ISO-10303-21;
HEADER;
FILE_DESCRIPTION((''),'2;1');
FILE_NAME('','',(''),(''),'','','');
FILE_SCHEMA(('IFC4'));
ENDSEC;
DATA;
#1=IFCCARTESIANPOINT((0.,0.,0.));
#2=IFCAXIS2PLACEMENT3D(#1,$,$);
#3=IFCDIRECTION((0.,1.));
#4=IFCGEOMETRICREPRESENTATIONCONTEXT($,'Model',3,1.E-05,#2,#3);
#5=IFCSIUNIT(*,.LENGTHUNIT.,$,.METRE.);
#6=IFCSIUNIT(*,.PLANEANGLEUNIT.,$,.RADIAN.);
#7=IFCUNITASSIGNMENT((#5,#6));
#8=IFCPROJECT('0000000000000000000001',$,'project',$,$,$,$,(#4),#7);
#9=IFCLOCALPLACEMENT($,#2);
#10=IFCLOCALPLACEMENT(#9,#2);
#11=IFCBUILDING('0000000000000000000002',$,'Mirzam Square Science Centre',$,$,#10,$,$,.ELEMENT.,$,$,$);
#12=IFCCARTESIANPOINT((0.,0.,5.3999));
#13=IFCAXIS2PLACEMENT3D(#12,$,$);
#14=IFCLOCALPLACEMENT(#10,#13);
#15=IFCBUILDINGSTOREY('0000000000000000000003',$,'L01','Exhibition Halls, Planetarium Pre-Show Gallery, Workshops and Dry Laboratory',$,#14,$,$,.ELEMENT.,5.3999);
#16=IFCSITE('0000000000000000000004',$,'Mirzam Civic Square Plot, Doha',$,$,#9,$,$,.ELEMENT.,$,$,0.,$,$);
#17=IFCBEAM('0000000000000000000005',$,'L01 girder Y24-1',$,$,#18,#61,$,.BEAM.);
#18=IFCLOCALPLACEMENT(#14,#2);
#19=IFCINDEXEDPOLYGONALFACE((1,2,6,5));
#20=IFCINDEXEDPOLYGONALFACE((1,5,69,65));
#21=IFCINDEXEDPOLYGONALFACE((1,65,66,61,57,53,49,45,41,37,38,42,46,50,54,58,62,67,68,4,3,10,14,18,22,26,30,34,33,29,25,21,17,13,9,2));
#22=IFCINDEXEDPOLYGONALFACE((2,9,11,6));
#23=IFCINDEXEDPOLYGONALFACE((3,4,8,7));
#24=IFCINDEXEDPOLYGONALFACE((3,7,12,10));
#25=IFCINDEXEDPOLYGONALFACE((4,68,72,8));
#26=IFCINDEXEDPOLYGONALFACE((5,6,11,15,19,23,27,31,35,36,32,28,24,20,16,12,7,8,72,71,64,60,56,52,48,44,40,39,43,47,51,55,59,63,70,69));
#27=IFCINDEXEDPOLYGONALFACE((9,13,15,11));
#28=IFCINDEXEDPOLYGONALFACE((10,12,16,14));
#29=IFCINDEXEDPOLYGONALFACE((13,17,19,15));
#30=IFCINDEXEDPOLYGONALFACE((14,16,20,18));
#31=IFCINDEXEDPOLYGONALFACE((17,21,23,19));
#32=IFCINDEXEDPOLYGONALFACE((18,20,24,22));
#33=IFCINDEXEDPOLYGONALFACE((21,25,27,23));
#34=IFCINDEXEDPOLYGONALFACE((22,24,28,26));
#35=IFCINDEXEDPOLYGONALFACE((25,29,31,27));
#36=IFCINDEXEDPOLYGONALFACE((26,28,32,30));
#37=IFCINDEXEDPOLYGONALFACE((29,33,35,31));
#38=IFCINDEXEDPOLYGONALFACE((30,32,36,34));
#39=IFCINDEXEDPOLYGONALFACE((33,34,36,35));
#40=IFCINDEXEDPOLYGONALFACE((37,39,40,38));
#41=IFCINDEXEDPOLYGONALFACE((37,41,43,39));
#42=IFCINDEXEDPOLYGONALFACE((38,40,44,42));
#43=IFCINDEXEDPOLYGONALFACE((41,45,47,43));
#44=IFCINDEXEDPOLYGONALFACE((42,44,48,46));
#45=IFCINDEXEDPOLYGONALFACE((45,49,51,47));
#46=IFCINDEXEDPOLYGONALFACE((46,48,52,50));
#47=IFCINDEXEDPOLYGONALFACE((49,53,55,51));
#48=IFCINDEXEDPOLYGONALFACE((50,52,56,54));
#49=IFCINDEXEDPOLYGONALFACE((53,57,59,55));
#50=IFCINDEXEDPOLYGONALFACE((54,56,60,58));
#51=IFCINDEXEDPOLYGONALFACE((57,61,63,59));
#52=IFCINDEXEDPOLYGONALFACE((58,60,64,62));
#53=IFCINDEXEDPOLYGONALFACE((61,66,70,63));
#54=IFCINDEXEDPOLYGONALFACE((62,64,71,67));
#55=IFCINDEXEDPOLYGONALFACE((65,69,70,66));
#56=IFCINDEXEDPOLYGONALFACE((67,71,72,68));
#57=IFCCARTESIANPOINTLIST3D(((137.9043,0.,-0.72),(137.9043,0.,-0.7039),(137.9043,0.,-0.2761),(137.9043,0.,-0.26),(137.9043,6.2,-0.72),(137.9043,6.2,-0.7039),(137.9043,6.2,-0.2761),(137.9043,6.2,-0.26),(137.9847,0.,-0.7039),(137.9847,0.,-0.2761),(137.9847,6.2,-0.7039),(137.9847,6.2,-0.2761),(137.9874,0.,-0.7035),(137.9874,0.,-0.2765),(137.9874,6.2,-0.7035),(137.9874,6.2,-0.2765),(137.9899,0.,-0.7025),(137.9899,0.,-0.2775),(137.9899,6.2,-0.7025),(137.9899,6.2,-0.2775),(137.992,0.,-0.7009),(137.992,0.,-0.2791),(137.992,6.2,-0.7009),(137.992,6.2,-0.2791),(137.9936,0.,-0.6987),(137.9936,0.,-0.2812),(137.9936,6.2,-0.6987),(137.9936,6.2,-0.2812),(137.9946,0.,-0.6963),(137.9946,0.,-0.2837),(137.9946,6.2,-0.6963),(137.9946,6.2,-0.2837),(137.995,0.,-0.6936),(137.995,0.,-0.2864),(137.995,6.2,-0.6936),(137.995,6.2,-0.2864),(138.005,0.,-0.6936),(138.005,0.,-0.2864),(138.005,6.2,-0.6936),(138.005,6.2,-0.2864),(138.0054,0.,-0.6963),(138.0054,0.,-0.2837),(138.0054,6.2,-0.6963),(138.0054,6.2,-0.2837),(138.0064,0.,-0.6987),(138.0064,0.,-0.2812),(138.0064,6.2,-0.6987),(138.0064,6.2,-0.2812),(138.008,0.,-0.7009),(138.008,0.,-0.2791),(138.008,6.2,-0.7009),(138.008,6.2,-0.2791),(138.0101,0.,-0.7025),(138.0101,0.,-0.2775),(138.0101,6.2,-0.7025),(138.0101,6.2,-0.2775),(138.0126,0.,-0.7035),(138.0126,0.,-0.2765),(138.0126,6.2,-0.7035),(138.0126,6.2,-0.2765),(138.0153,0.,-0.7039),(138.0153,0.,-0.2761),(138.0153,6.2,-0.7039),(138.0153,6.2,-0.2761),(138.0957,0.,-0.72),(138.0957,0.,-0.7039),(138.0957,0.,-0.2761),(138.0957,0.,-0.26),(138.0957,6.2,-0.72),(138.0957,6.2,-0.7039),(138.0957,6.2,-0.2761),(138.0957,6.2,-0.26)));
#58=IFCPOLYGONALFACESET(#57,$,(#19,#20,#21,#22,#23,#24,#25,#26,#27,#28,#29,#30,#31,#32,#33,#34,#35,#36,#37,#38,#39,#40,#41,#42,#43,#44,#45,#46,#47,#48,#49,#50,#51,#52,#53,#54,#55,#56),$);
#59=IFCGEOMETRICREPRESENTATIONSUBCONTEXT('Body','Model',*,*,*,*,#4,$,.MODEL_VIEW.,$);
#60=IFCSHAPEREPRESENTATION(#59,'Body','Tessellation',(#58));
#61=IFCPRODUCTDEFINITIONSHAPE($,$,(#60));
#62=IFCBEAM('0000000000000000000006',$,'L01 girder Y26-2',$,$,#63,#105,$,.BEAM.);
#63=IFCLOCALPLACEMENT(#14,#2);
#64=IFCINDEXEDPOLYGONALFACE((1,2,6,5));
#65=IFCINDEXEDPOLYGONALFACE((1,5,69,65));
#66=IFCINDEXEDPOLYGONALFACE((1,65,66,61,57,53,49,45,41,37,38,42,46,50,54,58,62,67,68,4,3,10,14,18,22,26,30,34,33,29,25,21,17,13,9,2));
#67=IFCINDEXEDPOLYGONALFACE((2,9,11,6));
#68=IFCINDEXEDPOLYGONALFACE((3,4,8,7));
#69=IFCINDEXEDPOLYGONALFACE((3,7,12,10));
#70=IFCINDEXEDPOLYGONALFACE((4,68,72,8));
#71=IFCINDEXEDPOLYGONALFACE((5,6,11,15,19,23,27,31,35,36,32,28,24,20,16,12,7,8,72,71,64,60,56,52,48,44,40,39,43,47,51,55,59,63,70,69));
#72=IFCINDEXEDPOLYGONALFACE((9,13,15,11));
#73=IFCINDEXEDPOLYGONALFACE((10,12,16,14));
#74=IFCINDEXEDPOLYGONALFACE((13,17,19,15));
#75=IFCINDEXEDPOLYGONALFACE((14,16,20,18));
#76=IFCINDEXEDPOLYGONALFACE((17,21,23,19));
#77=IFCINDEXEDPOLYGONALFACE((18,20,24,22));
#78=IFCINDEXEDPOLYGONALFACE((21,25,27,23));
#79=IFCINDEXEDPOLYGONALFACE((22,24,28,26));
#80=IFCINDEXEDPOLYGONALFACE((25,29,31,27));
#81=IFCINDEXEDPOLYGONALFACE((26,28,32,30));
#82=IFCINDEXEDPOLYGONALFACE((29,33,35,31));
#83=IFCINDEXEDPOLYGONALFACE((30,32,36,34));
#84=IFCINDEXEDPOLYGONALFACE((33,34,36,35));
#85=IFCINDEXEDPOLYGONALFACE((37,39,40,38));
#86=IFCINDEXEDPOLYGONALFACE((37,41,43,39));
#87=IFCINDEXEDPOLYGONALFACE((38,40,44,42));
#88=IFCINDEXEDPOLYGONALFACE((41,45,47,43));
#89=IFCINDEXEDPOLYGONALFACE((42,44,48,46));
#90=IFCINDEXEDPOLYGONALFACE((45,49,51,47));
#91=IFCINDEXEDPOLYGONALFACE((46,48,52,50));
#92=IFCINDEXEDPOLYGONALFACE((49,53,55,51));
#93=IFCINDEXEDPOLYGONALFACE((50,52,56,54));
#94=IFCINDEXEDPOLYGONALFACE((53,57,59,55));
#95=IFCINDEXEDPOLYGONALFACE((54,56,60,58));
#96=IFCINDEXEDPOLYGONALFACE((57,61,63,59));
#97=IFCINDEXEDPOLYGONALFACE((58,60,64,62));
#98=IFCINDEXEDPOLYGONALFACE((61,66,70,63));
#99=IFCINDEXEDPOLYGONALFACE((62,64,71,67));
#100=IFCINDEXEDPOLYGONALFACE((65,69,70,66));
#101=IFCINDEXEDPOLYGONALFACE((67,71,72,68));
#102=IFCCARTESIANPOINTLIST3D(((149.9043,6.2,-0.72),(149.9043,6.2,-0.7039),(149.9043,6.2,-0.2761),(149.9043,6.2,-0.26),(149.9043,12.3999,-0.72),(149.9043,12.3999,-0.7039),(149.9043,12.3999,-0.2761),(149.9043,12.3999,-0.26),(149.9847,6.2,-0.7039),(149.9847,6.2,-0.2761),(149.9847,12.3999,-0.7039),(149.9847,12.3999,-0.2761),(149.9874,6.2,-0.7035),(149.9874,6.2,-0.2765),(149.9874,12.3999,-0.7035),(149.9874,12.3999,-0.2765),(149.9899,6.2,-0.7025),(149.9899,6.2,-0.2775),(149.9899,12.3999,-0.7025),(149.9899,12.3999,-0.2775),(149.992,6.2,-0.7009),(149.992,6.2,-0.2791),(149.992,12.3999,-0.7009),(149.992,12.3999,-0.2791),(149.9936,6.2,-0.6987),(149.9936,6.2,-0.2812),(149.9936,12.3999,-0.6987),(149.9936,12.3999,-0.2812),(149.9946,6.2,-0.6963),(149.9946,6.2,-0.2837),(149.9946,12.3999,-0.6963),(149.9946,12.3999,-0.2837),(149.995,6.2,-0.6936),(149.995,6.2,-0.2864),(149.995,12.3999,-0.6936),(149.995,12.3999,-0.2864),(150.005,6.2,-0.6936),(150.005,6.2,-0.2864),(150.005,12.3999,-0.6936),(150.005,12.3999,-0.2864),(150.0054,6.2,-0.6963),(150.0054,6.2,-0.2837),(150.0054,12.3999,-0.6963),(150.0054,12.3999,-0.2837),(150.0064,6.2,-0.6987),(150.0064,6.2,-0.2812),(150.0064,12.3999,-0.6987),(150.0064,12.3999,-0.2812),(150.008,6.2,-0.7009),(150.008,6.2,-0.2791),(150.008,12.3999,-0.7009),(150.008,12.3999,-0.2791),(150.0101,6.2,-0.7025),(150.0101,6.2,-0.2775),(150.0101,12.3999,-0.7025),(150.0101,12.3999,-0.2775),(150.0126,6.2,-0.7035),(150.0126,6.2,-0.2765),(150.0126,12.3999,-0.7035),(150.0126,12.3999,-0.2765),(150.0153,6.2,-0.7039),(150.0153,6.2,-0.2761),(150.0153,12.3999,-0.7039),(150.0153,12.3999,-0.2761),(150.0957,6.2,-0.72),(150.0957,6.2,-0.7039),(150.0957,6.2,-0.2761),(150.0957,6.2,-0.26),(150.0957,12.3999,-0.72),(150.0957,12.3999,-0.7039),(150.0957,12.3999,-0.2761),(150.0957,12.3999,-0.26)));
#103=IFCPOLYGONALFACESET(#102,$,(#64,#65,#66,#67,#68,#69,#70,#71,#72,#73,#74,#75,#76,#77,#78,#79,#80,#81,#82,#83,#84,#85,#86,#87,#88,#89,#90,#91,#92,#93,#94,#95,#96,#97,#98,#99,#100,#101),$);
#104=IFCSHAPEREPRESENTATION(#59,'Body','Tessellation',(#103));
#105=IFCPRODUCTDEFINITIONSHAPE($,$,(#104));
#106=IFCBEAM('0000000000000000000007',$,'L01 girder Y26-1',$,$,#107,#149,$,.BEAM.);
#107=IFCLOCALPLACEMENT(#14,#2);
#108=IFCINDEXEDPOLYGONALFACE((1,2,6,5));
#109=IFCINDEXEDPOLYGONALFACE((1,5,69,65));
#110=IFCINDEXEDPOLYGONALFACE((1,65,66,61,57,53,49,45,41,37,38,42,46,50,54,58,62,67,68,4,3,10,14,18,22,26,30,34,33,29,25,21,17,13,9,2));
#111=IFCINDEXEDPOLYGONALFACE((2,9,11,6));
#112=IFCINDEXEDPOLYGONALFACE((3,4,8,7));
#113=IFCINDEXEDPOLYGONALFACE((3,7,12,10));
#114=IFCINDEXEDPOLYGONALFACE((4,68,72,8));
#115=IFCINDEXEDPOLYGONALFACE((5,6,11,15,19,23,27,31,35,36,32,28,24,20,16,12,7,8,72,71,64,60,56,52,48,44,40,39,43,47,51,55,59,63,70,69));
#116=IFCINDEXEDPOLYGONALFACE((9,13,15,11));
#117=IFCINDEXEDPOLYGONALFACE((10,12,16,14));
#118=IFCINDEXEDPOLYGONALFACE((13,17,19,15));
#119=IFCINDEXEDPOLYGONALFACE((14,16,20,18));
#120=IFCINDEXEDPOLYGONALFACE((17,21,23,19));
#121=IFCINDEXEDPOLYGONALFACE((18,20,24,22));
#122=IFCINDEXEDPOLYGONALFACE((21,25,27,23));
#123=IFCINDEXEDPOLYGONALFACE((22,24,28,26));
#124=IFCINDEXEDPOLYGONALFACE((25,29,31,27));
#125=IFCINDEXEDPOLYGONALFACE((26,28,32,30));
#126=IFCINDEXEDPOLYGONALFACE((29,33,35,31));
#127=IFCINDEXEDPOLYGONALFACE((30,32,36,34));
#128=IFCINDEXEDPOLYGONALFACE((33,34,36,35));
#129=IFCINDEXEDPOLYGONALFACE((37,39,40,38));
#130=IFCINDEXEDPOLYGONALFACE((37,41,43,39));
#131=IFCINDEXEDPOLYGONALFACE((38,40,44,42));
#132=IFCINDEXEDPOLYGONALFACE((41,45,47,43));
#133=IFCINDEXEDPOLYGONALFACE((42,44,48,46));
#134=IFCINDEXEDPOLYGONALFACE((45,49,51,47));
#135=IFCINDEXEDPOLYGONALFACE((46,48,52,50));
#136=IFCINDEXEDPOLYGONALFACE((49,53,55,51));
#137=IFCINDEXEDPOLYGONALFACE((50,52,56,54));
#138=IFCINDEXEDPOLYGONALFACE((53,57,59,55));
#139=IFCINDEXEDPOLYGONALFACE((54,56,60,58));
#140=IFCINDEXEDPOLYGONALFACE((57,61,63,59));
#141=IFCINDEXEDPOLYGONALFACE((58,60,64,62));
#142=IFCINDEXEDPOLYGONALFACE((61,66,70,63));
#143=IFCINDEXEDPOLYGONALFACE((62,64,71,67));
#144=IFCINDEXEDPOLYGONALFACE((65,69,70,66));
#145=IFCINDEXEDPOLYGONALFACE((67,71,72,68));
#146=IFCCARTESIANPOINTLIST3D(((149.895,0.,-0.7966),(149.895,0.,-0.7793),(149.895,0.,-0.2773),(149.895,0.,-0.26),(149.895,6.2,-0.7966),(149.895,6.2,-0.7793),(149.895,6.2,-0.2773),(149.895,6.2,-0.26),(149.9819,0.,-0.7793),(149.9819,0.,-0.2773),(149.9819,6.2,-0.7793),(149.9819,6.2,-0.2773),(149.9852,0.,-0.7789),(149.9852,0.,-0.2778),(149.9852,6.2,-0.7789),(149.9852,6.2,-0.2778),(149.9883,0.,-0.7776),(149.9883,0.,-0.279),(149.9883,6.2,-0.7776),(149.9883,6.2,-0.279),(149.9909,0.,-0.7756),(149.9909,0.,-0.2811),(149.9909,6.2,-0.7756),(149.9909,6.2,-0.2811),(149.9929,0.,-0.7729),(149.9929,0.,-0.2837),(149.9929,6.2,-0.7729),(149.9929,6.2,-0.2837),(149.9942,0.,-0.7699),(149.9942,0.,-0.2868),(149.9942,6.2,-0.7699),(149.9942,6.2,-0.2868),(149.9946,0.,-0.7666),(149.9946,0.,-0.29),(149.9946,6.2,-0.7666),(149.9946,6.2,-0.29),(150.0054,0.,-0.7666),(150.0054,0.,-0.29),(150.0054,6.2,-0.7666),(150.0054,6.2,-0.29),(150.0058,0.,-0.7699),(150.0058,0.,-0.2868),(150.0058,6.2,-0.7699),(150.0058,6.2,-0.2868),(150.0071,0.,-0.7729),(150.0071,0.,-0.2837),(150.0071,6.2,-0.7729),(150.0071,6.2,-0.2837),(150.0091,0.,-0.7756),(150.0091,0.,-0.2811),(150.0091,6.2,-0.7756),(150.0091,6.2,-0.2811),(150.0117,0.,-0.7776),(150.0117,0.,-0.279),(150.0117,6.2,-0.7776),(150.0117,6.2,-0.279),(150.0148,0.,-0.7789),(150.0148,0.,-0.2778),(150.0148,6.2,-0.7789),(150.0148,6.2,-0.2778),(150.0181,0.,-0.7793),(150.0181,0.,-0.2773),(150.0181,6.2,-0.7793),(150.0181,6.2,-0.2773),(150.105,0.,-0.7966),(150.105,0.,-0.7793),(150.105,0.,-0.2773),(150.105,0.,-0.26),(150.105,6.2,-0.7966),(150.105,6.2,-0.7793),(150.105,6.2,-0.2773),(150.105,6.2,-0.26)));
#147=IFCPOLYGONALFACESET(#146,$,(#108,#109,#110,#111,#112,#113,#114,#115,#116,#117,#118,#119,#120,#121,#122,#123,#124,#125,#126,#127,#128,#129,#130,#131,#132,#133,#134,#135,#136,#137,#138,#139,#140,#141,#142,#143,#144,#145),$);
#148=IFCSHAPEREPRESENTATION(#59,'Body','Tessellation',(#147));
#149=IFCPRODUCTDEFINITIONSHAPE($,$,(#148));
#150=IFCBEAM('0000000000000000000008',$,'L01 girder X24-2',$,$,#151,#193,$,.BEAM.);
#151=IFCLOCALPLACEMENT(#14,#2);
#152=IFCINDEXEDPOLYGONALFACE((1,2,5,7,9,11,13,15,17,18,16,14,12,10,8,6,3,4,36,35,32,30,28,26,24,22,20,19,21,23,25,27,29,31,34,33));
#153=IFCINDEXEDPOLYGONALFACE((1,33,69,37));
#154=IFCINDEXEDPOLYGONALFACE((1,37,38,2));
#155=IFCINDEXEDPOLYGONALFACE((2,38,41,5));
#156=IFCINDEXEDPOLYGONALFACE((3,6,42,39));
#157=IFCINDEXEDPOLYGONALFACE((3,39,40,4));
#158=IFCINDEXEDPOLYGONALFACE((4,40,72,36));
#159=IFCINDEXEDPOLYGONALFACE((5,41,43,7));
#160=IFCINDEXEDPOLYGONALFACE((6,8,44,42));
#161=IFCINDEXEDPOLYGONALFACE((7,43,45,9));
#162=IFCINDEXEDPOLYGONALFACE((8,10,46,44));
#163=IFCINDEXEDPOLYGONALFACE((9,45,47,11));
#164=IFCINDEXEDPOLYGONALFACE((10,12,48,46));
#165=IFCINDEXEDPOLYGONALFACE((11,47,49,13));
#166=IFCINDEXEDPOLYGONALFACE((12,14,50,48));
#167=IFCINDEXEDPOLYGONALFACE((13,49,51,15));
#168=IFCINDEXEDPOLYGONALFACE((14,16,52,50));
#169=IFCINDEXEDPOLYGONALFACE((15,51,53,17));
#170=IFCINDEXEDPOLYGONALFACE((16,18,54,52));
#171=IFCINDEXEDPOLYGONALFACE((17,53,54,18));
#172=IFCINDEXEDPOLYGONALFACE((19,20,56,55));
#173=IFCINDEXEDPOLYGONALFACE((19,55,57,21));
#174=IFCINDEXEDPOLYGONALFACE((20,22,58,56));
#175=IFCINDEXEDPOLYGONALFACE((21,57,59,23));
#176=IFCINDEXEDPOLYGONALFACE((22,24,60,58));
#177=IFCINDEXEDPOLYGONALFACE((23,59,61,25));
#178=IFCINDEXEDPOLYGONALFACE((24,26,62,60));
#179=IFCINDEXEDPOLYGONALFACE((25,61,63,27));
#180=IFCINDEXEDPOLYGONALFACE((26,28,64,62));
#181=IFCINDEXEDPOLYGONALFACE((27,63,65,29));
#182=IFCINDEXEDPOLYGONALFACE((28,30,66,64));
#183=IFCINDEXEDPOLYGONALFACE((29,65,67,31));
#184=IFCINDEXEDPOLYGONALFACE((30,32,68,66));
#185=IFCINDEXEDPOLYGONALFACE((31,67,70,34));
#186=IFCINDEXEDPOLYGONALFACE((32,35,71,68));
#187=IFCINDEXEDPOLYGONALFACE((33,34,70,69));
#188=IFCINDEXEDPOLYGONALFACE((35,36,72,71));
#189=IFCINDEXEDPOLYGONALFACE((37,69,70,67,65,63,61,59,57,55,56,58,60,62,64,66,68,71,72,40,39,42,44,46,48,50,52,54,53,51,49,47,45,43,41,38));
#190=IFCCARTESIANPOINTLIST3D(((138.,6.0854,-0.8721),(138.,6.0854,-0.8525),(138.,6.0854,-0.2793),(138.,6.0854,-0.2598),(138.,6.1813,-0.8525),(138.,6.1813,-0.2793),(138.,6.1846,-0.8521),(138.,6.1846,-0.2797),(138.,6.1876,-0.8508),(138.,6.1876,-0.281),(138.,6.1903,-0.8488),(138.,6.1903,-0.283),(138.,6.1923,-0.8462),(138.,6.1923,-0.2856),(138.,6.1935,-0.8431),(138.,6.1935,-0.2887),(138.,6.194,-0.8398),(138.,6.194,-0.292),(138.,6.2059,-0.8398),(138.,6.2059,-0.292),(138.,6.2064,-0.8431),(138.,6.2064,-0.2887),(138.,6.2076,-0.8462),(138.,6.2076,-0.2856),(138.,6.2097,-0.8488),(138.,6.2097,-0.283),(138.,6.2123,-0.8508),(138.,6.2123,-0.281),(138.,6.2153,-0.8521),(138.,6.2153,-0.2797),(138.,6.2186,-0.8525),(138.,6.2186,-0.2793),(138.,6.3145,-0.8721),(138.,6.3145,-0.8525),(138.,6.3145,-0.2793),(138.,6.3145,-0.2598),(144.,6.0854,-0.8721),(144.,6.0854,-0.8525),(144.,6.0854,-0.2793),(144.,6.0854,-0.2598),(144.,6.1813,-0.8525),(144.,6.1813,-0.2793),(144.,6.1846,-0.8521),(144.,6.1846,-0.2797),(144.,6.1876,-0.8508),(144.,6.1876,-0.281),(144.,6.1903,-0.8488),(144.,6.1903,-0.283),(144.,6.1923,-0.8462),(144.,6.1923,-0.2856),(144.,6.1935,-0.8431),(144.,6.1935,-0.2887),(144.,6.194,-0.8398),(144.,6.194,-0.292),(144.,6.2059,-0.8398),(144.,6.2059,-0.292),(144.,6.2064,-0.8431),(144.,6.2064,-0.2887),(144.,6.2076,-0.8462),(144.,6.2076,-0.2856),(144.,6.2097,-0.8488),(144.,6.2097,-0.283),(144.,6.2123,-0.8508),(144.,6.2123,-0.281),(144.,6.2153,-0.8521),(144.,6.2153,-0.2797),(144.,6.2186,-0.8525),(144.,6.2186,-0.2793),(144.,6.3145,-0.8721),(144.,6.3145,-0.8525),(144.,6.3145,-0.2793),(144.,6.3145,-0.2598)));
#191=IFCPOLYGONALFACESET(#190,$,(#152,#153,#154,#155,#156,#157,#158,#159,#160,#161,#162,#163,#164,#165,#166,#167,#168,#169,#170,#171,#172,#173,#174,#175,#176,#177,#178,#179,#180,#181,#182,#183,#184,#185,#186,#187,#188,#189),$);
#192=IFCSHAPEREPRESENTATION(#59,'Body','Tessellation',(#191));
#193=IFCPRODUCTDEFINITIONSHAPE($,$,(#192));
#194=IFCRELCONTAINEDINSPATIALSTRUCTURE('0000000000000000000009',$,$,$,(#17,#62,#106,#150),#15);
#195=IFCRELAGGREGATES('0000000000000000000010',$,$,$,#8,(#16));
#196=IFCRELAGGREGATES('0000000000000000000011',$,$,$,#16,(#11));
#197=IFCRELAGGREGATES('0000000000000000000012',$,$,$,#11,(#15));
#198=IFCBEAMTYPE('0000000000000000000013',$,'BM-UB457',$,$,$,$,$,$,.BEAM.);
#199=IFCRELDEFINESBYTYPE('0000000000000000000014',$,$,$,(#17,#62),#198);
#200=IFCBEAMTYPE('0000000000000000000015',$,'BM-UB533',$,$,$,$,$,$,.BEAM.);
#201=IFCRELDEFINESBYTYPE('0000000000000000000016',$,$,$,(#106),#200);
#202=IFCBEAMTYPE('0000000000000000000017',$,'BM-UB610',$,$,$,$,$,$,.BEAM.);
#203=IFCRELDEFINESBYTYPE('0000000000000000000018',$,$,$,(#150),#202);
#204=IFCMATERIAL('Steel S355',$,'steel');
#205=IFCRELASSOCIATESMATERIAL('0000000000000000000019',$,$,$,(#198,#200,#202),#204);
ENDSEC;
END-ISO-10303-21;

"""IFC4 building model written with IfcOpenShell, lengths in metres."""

from ifc_helpers import new_model, si_unit, direction, frame, origin, origin_2d, place, context, subcontext, project, spatial, i_section, extrude, material, material_profile, profile_set, type_object, element, save


model = new_model("IFC4")

# Units and contexts
model_context = context("Model", 3, precision=1e-05, world=origin(), true_north=direction((0.0, 1.0)))
body_context = subcontext(model_context, "Body", "Model", "MODEL_VIEW")
ifc_project = project(units=[si_unit("LENGTHUNIT", "METRE"), si_unit("PLANEANGLEUNIT", "RADIAN")], contexts=[model_context])

# Site, building, storey
site_placement = place(None, origin())
site = spatial("IfcSite", under=ifc_project, at=site_placement, Name="Mirzam Civic Square Plot, Doha", CompositionType="ELEMENT", RefElevation=0.0)
building_placement = place(site_placement, origin())
building = spatial("IfcBuilding", under=site, at=building_placement, Name="Mirzam Square Science Centre", CompositionType="ELEMENT")
storey_placement = place(building_placement, frame((0.0, 0.0, 5.3999)))
storey = spatial("IfcBuildingStorey", under=building, at=storey_placement, Name="L01", Description="Exhibition Halls, Planetarium Pre-Show Gallery, Workshops and Dry Laboratory", CompositionType="ELEMENT", Elevation=5.3999)

# Shared definitions
ifc_material_1 = material(Name="Steel S355", Category="steel")

# Beams
ifc_material_profile_1 = material_profile(ifc_material_1, i_section(OverallWidth=0.1914, OverallDepth=0.46, WebThickness=0.01, FlangeThickness=0.0161, FilletRadius=0.0103, at=origin_2d()), Name="457x191x82UB")
ifc_profile_set_1 = profile_set([ifc_material_profile_1], Name="Steel S355")
beam_type_1 = type_object("IfcBeamType", Name="BM-UB457", PredefinedType="BEAM", material=ifc_profile_set_1)
for number, where, z_axis, x_axis, name in (
    (1, (138.0, 0.0, -0.49), (0.0, 1.0, 0.0), (-1.0, 0.0, 0.0), "L01 girder Y24-1"),
    (2, (150.0, 6.2, -0.49), (0.0, 1.0, 0.0), (-1.0, 0.0, 0.0), "L01 girder Y26-2"),
):
    element("IfcBeam", number, at=place(storey_placement, frame(where, z_axis=z_axis, x_axis=x_axis)), inside=storey, type_object=beam_type_1, Name=name, PredefinedType="BEAM", context=body_context, shape_type="SweptSolid", body=[
        extrude(i_section(OverallWidth=0.1914, OverallDepth=0.46, WebThickness=0.01, FlangeThickness=0.0161, FilletRadius=0.0103, at=origin_2d()), origin(), (0.0, 0.0, 1.0), 6.2),
    ])
ifc_material_profile_2 = material_profile(ifc_material_1, i_section(OverallWidth=0.21, OverallDepth=0.5366, WebThickness=0.0107, FlangeThickness=0.0173, FilletRadius=0.0127, at=origin_2d()), Name="533x210x101UB")
ifc_profile_set_2 = profile_set([ifc_material_profile_2], Name="Steel S355")
beam_type_2 = type_object("IfcBeamType", Name="BM-UB533", PredefinedType="BEAM", material=ifc_profile_set_2)
beam_1_placement = place(storey_placement, frame((150.0, 0.0, -0.5283), z_axis=(0.0, 1.0, 0.0), x_axis=(-1.0, 0.0, 0.0)))
element("IfcBeam", 3, at=beam_1_placement, inside=storey, type_object=beam_type_2, Name="L01 girder Y26-1", PredefinedType="BEAM", context=body_context, shape_type="SweptSolid", body=[
    extrude(i_section(OverallWidth=0.21, OverallDepth=0.5366, WebThickness=0.0107, FlangeThickness=0.0173, FilletRadius=0.0127, at=origin_2d()), origin(), (0.0, 0.0, 1.0), 6.2),
])
ifc_material_profile_3 = material_profile(ifc_material_1, i_section(OverallWidth=0.229, OverallDepth=0.6123, WebThickness=0.012, FlangeThickness=0.0195, FilletRadius=0.0127, at=origin_2d()), Name="610x229x125UB")
ifc_profile_set_3 = profile_set([ifc_material_profile_3], Name="Steel S355")
beam_type_3 = type_object("IfcBeamType", Name="BM-UB610", PredefinedType="BEAM", material=ifc_profile_set_3)
beam_2_placement = place(storey_placement, frame((138.0, 6.2, -0.5659), z_axis=(1.0, 0.0, 0.0), x_axis=(0.0, 1.0, 0.0)))
element("IfcBeam", 4, at=beam_2_placement, inside=storey, type_object=beam_type_3, Name="L01 girder X24-2", PredefinedType="BEAM", context=body_context, shape_type="SweptSolid", body=[
    extrude(i_section(OverallWidth=0.229, OverallDepth=0.6123, WebThickness=0.012, FlangeThickness=0.0195, FilletRadius=0.0127, at=origin_2d()), origin(), (0.0, 0.0, 1.0), 6.0),
])

save(model, "model.ifc")
